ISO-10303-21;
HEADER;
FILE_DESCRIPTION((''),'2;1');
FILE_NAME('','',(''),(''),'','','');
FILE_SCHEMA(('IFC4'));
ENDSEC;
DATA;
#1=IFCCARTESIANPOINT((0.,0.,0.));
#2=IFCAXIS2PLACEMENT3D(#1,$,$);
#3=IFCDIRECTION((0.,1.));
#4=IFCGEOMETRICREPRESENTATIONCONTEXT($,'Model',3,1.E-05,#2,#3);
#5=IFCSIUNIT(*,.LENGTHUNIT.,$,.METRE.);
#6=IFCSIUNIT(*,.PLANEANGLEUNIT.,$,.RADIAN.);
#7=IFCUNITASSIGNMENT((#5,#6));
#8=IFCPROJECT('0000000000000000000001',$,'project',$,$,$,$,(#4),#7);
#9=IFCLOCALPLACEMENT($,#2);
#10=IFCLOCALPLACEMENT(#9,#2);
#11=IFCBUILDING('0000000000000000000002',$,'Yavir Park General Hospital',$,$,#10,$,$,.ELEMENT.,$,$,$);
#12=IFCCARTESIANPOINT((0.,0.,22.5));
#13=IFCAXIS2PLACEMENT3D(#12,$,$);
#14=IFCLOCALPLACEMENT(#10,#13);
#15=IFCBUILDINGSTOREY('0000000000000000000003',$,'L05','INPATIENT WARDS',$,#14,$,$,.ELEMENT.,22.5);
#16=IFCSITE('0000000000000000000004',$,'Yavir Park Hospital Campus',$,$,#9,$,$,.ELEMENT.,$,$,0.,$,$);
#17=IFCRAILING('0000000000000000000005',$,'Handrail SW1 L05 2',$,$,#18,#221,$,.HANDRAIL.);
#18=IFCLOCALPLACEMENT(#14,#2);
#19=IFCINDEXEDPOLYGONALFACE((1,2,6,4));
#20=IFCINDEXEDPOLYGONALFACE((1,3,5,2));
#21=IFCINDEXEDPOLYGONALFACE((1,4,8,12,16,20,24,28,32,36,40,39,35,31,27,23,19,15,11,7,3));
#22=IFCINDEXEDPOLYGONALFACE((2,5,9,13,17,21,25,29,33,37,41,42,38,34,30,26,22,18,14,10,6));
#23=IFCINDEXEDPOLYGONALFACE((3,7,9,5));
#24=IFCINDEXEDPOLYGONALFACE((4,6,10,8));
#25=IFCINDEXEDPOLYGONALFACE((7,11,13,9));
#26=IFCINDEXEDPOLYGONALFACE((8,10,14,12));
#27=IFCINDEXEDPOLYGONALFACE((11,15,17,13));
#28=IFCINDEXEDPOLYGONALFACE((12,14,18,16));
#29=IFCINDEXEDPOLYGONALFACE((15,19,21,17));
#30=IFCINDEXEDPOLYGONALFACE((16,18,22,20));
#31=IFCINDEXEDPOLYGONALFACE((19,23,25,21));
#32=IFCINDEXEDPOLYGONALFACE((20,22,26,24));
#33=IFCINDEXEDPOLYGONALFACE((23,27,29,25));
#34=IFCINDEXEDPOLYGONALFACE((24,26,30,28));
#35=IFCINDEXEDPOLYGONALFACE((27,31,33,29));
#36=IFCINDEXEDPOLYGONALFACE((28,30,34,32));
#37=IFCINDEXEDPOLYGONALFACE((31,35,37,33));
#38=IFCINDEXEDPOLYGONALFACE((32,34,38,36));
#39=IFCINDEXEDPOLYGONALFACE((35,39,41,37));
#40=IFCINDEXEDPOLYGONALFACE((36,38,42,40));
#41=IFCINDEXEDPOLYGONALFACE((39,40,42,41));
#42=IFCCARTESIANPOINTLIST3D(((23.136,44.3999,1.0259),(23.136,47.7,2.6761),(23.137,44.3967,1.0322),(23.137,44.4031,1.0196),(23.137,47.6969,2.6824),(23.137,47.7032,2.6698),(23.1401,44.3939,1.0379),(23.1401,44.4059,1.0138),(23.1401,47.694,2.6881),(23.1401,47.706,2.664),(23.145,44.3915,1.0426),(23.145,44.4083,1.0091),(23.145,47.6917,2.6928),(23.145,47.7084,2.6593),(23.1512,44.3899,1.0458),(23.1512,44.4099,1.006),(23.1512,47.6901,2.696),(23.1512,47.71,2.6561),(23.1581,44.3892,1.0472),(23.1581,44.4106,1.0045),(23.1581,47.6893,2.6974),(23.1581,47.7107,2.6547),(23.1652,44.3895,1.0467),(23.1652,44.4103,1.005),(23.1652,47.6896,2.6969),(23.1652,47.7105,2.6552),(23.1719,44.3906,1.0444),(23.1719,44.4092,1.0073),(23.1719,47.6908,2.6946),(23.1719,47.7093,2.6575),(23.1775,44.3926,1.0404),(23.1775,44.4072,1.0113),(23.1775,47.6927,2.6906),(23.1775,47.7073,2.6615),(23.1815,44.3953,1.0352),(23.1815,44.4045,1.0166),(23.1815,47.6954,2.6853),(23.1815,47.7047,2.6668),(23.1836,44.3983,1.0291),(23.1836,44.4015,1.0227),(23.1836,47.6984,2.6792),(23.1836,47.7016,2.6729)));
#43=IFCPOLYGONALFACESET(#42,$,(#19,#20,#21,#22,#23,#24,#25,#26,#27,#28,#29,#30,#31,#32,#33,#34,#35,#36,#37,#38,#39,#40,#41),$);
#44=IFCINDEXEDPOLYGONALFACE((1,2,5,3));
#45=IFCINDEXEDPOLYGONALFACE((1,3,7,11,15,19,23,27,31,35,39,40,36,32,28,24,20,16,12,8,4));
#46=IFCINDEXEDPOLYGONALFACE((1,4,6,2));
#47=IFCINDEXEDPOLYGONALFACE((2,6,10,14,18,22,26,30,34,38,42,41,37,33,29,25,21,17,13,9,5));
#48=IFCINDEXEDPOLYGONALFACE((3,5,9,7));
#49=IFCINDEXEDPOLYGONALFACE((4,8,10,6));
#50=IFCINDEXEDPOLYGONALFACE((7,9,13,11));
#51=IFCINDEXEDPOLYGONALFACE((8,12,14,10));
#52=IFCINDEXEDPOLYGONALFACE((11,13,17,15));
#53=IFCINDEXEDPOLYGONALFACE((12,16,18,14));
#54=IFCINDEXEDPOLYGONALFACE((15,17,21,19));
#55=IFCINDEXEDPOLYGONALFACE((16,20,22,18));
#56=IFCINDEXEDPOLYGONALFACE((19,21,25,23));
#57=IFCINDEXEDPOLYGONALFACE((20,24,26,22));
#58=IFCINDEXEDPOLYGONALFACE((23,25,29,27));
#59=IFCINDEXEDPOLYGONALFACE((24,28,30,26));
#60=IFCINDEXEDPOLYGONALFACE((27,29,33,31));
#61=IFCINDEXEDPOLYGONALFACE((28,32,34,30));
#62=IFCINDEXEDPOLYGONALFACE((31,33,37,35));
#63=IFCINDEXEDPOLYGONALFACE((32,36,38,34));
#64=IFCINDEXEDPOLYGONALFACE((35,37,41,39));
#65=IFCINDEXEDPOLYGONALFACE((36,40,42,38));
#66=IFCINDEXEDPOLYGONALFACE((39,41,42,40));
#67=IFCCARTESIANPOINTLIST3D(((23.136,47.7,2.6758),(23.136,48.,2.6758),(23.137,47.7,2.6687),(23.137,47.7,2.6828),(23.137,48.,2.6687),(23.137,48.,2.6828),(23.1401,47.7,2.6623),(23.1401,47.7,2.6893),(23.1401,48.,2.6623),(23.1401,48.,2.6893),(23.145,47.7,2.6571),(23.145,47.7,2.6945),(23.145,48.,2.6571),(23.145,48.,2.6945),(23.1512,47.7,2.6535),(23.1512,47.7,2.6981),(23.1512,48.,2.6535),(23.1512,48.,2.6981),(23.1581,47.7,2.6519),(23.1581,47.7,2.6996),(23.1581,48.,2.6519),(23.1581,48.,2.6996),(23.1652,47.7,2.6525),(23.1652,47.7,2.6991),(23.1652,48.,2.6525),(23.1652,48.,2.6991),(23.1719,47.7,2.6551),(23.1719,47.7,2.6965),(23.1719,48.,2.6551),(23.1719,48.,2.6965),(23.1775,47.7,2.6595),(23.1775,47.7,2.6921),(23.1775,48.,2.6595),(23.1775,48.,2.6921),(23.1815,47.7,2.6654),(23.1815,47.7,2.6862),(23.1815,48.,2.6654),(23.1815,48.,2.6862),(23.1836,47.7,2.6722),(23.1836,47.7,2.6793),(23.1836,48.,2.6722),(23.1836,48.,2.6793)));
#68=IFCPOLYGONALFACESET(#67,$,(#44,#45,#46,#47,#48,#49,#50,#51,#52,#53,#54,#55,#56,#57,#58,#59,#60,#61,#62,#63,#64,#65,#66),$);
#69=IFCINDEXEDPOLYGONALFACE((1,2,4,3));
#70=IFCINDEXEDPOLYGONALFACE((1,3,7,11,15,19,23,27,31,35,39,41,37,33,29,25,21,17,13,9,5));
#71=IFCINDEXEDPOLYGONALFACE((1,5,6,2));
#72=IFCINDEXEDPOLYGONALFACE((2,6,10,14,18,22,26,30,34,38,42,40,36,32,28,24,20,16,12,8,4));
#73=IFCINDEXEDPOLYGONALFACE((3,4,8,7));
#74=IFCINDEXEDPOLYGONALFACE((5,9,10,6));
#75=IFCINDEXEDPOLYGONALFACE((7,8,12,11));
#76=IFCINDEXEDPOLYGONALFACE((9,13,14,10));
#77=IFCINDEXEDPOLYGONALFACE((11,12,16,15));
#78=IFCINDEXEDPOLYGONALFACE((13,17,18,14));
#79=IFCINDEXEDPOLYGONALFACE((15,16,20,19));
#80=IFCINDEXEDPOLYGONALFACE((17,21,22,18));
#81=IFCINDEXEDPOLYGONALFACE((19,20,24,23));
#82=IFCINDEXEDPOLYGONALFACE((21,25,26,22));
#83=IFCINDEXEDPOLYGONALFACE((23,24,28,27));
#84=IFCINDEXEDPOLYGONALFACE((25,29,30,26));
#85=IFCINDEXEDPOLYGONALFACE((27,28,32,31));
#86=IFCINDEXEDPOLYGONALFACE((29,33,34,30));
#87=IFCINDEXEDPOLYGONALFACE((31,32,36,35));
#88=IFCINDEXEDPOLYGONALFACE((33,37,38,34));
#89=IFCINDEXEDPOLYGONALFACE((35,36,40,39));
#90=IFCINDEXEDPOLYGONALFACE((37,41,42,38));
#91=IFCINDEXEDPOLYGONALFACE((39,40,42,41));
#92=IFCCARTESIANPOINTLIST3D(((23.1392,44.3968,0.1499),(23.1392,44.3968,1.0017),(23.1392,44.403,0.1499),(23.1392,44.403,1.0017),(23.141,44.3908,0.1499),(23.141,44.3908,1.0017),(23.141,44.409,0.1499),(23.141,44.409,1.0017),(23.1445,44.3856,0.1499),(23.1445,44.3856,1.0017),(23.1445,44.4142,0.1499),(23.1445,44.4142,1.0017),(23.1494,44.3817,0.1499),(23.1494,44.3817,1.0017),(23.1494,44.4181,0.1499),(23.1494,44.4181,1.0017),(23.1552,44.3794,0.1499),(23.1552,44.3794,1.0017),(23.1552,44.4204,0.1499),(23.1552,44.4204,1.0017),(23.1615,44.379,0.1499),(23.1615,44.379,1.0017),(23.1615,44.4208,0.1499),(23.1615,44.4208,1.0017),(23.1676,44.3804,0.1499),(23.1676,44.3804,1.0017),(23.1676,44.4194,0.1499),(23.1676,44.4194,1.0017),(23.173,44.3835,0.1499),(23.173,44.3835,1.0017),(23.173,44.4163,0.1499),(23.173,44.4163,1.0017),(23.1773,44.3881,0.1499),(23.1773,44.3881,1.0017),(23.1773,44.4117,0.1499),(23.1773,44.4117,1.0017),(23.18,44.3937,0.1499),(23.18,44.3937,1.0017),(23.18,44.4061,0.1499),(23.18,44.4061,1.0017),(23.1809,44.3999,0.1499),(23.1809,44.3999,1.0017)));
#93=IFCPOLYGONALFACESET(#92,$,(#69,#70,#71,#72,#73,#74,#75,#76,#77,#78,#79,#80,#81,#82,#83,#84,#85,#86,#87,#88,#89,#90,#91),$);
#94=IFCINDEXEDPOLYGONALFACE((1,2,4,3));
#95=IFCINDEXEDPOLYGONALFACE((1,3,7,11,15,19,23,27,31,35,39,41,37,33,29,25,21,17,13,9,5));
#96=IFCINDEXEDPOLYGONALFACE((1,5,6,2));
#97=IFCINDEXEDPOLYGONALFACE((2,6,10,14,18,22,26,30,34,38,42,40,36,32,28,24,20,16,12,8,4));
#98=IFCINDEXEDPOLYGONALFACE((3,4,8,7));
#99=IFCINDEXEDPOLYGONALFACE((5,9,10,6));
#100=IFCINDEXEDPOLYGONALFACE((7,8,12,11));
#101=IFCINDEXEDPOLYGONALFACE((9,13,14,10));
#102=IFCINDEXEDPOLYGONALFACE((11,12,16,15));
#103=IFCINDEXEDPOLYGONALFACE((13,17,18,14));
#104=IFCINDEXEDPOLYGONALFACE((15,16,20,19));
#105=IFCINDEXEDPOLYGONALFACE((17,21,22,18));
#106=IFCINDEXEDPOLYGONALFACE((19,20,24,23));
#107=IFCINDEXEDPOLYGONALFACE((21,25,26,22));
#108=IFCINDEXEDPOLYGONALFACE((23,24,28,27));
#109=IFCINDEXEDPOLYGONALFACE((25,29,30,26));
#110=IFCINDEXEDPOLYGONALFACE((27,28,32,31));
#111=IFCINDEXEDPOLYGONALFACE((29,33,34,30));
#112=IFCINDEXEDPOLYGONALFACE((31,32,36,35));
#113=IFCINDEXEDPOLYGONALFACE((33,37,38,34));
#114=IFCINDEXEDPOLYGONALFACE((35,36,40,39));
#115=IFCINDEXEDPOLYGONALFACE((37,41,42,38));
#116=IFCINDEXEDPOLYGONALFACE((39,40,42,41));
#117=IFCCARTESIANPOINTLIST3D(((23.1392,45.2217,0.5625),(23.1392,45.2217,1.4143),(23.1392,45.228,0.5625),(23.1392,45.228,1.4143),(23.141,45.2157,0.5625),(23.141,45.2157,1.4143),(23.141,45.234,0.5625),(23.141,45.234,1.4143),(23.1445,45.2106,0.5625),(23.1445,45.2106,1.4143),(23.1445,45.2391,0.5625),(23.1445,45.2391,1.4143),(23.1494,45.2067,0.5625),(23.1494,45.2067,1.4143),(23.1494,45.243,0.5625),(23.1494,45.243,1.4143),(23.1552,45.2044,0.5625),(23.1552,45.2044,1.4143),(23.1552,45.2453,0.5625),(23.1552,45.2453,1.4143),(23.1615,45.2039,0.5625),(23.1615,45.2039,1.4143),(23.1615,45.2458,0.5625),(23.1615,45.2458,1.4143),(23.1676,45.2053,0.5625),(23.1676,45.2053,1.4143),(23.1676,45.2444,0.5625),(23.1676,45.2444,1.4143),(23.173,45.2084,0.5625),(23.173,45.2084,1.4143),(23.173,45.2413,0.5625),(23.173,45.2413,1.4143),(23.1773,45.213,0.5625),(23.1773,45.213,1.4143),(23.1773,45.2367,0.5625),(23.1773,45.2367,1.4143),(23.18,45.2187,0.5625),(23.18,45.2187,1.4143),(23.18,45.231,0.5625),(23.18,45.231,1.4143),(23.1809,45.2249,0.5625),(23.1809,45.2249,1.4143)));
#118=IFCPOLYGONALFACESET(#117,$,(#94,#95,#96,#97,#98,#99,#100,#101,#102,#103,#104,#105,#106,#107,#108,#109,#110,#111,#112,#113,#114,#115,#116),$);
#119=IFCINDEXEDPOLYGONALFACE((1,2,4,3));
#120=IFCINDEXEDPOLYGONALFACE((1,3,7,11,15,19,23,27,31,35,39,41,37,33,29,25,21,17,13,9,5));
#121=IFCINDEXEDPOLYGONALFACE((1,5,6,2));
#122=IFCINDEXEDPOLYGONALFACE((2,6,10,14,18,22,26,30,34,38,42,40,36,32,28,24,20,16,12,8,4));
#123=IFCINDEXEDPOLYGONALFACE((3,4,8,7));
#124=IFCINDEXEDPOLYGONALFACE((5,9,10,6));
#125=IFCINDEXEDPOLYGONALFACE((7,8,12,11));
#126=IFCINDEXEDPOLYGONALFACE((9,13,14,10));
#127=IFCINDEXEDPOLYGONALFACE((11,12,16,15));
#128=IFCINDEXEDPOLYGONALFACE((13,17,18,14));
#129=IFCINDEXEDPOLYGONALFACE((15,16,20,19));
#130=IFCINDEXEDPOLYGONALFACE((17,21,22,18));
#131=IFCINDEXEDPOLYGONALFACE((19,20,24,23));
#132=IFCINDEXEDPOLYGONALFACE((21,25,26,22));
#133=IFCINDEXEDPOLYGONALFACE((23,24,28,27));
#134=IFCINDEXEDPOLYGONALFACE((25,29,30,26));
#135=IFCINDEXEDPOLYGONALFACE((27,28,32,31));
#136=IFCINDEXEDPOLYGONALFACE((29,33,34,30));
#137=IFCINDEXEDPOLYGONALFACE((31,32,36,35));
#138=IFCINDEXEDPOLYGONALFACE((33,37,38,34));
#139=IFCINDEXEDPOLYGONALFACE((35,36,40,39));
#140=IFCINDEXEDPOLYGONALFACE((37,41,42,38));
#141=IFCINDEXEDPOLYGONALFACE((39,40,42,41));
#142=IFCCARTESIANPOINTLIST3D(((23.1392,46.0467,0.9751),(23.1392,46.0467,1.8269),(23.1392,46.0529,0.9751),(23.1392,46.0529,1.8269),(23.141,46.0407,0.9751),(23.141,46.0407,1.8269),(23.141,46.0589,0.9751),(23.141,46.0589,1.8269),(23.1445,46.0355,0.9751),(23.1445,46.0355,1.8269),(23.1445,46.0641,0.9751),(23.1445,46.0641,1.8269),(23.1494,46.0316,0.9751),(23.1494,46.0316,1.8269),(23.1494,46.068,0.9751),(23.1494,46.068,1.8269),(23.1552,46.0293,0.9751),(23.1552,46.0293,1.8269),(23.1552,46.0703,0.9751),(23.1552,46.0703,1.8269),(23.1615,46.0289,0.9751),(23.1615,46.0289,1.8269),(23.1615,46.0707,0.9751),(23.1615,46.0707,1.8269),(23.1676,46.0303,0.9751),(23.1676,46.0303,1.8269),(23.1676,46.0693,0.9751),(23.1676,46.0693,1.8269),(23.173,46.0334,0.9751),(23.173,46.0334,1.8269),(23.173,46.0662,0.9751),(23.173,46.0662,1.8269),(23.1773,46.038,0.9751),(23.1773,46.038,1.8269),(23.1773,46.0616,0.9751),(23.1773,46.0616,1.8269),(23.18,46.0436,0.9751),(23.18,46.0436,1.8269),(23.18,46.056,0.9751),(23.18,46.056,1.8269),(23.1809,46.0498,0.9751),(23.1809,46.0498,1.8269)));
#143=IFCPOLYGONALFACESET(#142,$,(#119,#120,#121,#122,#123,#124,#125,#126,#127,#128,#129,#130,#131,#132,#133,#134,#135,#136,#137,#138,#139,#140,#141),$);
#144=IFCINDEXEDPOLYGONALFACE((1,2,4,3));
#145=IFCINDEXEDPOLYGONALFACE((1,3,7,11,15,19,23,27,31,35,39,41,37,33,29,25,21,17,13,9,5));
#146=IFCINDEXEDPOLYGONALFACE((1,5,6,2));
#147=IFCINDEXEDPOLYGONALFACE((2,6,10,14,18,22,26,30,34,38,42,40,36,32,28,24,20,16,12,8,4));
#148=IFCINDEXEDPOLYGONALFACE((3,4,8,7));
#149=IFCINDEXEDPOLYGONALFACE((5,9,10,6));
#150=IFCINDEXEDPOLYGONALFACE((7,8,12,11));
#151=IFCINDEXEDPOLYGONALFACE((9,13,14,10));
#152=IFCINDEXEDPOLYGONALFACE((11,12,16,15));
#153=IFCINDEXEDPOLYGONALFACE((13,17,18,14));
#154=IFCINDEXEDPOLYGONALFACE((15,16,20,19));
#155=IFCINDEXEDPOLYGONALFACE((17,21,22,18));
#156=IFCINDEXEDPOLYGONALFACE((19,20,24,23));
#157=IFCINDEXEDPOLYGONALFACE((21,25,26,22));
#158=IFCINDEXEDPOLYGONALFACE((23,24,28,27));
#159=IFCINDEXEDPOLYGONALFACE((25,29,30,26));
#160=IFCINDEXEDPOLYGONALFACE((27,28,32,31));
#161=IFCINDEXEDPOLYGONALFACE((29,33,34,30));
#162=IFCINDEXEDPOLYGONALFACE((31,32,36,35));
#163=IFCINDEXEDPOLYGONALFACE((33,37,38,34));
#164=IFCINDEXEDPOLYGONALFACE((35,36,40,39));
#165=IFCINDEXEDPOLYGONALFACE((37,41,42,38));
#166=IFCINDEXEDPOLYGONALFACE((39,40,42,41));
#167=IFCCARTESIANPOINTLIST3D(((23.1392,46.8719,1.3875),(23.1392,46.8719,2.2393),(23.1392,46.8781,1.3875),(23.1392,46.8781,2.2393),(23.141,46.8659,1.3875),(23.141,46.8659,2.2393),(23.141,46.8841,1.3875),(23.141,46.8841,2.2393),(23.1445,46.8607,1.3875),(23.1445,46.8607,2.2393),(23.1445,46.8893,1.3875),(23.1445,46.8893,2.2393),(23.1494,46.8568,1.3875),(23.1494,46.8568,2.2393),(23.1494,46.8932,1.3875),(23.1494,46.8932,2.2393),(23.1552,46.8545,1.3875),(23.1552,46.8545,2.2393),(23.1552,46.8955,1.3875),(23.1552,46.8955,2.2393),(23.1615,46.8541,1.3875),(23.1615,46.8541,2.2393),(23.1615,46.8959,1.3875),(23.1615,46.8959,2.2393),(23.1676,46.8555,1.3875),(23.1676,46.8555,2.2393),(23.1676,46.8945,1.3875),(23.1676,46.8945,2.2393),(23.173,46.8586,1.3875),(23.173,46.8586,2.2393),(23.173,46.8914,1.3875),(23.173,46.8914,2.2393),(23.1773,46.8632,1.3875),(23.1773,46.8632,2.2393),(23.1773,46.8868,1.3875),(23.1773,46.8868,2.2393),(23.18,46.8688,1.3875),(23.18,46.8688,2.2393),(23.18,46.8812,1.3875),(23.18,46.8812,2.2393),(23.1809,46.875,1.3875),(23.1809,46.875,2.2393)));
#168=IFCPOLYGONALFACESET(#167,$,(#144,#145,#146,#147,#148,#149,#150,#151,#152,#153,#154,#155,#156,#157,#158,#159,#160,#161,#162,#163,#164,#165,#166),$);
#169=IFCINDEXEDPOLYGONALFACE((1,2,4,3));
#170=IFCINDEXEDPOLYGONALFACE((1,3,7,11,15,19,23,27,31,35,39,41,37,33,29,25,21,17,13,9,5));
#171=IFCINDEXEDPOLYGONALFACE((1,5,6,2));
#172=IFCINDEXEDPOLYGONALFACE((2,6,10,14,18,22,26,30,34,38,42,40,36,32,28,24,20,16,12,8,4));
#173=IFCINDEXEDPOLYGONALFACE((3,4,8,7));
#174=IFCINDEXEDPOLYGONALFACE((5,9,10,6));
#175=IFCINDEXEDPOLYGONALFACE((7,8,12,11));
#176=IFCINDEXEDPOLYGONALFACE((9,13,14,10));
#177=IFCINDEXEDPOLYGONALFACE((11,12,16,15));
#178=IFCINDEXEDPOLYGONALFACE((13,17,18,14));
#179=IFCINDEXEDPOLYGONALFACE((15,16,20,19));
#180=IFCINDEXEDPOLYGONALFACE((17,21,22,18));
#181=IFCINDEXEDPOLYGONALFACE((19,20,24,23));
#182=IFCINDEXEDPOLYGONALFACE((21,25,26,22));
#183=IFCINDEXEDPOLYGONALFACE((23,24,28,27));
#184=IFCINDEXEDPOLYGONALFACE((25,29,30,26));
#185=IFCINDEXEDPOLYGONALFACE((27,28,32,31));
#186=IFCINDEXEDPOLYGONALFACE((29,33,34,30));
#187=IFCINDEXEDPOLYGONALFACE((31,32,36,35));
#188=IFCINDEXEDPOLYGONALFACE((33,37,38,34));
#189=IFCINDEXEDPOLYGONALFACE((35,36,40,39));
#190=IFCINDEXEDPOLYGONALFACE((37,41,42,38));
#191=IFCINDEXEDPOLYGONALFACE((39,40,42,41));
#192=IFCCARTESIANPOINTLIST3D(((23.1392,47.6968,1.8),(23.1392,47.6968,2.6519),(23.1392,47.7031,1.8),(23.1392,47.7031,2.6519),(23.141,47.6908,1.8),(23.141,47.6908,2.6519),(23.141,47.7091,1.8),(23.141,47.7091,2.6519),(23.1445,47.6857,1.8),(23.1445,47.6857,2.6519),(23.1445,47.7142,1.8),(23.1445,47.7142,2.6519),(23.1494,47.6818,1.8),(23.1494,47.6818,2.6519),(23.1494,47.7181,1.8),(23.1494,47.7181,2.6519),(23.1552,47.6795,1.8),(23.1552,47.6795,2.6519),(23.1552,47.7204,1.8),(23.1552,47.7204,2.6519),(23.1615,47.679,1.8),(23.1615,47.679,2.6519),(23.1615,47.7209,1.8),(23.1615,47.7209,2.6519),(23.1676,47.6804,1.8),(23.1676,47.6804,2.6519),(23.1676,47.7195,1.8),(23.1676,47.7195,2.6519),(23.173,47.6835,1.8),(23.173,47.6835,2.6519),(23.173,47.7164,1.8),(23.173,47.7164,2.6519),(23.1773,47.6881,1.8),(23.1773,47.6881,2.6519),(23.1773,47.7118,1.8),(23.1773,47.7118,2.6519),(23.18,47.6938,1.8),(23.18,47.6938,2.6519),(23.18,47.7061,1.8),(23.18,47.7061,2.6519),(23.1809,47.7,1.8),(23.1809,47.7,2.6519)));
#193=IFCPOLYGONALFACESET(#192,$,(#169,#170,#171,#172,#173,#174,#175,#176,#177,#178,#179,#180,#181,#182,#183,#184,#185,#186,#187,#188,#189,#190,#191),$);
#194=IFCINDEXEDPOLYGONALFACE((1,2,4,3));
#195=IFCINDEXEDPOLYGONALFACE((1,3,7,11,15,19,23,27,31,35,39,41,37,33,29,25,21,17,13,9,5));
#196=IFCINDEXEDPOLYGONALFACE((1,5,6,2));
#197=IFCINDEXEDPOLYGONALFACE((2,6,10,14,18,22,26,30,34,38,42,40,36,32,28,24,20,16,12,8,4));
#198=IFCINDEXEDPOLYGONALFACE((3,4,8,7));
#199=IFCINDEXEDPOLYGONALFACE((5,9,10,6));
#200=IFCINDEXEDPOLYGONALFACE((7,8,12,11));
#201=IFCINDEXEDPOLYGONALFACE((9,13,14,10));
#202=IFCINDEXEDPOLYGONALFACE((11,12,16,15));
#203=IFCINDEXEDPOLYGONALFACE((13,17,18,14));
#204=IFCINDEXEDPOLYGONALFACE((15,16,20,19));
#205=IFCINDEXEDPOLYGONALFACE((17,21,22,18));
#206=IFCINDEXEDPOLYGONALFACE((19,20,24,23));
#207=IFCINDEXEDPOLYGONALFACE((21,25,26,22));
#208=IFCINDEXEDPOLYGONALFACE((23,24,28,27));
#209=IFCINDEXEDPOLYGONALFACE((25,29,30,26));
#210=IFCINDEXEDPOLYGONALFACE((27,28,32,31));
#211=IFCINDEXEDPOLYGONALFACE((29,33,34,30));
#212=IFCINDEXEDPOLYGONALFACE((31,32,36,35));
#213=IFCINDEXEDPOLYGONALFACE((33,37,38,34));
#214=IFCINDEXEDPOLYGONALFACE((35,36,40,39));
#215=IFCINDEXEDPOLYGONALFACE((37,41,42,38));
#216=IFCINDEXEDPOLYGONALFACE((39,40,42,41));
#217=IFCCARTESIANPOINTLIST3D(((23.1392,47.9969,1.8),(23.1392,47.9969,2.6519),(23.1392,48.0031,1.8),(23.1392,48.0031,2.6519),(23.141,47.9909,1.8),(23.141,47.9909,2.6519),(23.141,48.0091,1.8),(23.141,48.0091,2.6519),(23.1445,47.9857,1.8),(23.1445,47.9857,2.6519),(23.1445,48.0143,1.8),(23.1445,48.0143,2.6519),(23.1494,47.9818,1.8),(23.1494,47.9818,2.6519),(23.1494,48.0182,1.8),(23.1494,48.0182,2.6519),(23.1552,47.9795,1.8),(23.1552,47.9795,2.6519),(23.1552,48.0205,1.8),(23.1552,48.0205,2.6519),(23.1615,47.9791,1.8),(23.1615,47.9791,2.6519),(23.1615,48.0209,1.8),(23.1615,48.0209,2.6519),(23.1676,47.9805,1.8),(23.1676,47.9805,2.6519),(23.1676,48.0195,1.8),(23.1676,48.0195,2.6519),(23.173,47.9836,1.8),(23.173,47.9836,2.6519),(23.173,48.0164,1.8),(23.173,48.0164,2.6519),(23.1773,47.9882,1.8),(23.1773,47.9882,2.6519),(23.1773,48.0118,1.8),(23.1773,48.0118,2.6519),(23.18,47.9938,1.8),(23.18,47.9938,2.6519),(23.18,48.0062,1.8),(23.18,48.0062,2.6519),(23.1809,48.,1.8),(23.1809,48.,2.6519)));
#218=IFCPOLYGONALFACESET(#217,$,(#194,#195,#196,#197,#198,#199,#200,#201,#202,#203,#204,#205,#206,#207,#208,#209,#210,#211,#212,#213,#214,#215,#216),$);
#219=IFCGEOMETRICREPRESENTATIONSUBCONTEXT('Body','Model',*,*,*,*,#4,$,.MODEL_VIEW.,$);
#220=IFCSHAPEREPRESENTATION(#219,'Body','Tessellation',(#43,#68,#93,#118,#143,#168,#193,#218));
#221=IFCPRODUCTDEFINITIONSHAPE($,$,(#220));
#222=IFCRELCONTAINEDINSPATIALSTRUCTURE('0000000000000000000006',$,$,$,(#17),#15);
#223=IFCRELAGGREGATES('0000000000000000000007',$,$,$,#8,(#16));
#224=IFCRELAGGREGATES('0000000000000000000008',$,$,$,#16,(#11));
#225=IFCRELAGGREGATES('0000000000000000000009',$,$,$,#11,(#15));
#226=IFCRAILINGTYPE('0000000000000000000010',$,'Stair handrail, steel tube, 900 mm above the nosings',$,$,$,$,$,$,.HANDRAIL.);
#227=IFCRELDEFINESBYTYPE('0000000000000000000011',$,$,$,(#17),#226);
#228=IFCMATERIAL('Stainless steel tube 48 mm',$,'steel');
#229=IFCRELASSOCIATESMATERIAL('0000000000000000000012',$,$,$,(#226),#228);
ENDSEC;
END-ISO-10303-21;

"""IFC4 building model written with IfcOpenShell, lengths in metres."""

from ifc_helpers import new_model, si_unit, direction, frame, origin, origin_2d, place, context, subcontext, project, spatial, circle, extrude, material, type_object, element, save


model = new_model("IFC4")

# Units and contexts
model_context = context("Model", 3, precision=1e-05, world=origin(), true_north=direction((0.0, 1.0)))
body_context = subcontext(model_context, "Body", "Model", "MODEL_VIEW")
ifc_project = project(units=[si_unit("LENGTHUNIT", "METRE"), si_unit("PLANEANGLEUNIT", "RADIAN")], contexts=[model_context])

# Site, building, storey
site_placement = place(None, origin())
site = spatial("IfcSite", under=ifc_project, at=site_placement, Name="Yavir Park Hospital Campus", CompositionType="ELEMENT", RefElevation=0.0)
building_placement = place(site_placement, origin())
building = spatial("IfcBuilding", under=site, at=building_placement, Name="Yavir Park General Hospital", CompositionType="ELEMENT")
storey_placement = place(building_placement, frame((0.0, 0.0, 22.5)))
storey = spatial("IfcBuildingStorey", under=building, at=storey_placement, Name="L05", Description="INPATIENT WARDS", CompositionType="ELEMENT", Elevation=22.5)

# Railing
ifc_material_1 = material(Name="Stainless steel tube 48 mm", Category="steel")
railing_type_1 = type_object("IfcRailingType", Name="Stair handrail, steel tube, 900 mm above the nosings", PredefinedType="HANDRAIL", material=ifc_material_1)
railing_1_placement = place(storey_placement, frame((23.1599, 44.3999, 0.1499)))
element("IfcRailing", 1, at=railing_1_placement, inside=storey, type_object=railing_type_1, Name="Handrail SW1 L05 2", PredefinedType="HANDRAIL", context=body_context, shape_type="SweptSolid", body=[
    extrude(circle(Radius=0.0239, at=origin_2d()), frame((0.0, 0.0, 0.876), z_axis=(0.0, 0.894414, 0.44724), x_axis=(-1.0, 0.0, 0.0)), (0.0, 0.0, 1.0), 3.6897),
    extrude(circle(Radius=0.0239, at=origin_2d()), frame((0.0, 3.3, 2.5259), z_axis=(0.0, 1.0, 0.0), x_axis=(-1.0, 0.0, 0.0)), (0.0, 0.0, 1.0), 0.3),
    extrude(circle(Radius=0.021, at=origin_2d()), origin(), (0.0, 0.0, 1.0), 0.8518),
    extrude(circle(Radius=0.021, at=origin_2d()), frame((0.0, 0.825, 0.4126)), (0.0, 0.0, 1.0), 0.8518),
    extrude(circle(Radius=0.021, at=origin_2d()), frame((0.0, 1.6499, 0.8252)), (0.0, 0.0, 1.0), 0.8518),
    extrude(circle(Radius=0.021, at=origin_2d()), frame((0.0, 2.4751, 1.2375)), (0.0, 0.0, 1.0), 0.8518),
    extrude(circle(Radius=0.021, at=origin_2d()), frame((0.0, 3.3, 1.6501)), (0.0, 0.0, 1.0), 0.8518),
    extrude(circle(Radius=0.021, at=origin_2d()), frame((0.0, 3.6001, 1.6501)), (0.0, 0.0, 1.0), 0.8518),
])

save(model, "model.ifc")
